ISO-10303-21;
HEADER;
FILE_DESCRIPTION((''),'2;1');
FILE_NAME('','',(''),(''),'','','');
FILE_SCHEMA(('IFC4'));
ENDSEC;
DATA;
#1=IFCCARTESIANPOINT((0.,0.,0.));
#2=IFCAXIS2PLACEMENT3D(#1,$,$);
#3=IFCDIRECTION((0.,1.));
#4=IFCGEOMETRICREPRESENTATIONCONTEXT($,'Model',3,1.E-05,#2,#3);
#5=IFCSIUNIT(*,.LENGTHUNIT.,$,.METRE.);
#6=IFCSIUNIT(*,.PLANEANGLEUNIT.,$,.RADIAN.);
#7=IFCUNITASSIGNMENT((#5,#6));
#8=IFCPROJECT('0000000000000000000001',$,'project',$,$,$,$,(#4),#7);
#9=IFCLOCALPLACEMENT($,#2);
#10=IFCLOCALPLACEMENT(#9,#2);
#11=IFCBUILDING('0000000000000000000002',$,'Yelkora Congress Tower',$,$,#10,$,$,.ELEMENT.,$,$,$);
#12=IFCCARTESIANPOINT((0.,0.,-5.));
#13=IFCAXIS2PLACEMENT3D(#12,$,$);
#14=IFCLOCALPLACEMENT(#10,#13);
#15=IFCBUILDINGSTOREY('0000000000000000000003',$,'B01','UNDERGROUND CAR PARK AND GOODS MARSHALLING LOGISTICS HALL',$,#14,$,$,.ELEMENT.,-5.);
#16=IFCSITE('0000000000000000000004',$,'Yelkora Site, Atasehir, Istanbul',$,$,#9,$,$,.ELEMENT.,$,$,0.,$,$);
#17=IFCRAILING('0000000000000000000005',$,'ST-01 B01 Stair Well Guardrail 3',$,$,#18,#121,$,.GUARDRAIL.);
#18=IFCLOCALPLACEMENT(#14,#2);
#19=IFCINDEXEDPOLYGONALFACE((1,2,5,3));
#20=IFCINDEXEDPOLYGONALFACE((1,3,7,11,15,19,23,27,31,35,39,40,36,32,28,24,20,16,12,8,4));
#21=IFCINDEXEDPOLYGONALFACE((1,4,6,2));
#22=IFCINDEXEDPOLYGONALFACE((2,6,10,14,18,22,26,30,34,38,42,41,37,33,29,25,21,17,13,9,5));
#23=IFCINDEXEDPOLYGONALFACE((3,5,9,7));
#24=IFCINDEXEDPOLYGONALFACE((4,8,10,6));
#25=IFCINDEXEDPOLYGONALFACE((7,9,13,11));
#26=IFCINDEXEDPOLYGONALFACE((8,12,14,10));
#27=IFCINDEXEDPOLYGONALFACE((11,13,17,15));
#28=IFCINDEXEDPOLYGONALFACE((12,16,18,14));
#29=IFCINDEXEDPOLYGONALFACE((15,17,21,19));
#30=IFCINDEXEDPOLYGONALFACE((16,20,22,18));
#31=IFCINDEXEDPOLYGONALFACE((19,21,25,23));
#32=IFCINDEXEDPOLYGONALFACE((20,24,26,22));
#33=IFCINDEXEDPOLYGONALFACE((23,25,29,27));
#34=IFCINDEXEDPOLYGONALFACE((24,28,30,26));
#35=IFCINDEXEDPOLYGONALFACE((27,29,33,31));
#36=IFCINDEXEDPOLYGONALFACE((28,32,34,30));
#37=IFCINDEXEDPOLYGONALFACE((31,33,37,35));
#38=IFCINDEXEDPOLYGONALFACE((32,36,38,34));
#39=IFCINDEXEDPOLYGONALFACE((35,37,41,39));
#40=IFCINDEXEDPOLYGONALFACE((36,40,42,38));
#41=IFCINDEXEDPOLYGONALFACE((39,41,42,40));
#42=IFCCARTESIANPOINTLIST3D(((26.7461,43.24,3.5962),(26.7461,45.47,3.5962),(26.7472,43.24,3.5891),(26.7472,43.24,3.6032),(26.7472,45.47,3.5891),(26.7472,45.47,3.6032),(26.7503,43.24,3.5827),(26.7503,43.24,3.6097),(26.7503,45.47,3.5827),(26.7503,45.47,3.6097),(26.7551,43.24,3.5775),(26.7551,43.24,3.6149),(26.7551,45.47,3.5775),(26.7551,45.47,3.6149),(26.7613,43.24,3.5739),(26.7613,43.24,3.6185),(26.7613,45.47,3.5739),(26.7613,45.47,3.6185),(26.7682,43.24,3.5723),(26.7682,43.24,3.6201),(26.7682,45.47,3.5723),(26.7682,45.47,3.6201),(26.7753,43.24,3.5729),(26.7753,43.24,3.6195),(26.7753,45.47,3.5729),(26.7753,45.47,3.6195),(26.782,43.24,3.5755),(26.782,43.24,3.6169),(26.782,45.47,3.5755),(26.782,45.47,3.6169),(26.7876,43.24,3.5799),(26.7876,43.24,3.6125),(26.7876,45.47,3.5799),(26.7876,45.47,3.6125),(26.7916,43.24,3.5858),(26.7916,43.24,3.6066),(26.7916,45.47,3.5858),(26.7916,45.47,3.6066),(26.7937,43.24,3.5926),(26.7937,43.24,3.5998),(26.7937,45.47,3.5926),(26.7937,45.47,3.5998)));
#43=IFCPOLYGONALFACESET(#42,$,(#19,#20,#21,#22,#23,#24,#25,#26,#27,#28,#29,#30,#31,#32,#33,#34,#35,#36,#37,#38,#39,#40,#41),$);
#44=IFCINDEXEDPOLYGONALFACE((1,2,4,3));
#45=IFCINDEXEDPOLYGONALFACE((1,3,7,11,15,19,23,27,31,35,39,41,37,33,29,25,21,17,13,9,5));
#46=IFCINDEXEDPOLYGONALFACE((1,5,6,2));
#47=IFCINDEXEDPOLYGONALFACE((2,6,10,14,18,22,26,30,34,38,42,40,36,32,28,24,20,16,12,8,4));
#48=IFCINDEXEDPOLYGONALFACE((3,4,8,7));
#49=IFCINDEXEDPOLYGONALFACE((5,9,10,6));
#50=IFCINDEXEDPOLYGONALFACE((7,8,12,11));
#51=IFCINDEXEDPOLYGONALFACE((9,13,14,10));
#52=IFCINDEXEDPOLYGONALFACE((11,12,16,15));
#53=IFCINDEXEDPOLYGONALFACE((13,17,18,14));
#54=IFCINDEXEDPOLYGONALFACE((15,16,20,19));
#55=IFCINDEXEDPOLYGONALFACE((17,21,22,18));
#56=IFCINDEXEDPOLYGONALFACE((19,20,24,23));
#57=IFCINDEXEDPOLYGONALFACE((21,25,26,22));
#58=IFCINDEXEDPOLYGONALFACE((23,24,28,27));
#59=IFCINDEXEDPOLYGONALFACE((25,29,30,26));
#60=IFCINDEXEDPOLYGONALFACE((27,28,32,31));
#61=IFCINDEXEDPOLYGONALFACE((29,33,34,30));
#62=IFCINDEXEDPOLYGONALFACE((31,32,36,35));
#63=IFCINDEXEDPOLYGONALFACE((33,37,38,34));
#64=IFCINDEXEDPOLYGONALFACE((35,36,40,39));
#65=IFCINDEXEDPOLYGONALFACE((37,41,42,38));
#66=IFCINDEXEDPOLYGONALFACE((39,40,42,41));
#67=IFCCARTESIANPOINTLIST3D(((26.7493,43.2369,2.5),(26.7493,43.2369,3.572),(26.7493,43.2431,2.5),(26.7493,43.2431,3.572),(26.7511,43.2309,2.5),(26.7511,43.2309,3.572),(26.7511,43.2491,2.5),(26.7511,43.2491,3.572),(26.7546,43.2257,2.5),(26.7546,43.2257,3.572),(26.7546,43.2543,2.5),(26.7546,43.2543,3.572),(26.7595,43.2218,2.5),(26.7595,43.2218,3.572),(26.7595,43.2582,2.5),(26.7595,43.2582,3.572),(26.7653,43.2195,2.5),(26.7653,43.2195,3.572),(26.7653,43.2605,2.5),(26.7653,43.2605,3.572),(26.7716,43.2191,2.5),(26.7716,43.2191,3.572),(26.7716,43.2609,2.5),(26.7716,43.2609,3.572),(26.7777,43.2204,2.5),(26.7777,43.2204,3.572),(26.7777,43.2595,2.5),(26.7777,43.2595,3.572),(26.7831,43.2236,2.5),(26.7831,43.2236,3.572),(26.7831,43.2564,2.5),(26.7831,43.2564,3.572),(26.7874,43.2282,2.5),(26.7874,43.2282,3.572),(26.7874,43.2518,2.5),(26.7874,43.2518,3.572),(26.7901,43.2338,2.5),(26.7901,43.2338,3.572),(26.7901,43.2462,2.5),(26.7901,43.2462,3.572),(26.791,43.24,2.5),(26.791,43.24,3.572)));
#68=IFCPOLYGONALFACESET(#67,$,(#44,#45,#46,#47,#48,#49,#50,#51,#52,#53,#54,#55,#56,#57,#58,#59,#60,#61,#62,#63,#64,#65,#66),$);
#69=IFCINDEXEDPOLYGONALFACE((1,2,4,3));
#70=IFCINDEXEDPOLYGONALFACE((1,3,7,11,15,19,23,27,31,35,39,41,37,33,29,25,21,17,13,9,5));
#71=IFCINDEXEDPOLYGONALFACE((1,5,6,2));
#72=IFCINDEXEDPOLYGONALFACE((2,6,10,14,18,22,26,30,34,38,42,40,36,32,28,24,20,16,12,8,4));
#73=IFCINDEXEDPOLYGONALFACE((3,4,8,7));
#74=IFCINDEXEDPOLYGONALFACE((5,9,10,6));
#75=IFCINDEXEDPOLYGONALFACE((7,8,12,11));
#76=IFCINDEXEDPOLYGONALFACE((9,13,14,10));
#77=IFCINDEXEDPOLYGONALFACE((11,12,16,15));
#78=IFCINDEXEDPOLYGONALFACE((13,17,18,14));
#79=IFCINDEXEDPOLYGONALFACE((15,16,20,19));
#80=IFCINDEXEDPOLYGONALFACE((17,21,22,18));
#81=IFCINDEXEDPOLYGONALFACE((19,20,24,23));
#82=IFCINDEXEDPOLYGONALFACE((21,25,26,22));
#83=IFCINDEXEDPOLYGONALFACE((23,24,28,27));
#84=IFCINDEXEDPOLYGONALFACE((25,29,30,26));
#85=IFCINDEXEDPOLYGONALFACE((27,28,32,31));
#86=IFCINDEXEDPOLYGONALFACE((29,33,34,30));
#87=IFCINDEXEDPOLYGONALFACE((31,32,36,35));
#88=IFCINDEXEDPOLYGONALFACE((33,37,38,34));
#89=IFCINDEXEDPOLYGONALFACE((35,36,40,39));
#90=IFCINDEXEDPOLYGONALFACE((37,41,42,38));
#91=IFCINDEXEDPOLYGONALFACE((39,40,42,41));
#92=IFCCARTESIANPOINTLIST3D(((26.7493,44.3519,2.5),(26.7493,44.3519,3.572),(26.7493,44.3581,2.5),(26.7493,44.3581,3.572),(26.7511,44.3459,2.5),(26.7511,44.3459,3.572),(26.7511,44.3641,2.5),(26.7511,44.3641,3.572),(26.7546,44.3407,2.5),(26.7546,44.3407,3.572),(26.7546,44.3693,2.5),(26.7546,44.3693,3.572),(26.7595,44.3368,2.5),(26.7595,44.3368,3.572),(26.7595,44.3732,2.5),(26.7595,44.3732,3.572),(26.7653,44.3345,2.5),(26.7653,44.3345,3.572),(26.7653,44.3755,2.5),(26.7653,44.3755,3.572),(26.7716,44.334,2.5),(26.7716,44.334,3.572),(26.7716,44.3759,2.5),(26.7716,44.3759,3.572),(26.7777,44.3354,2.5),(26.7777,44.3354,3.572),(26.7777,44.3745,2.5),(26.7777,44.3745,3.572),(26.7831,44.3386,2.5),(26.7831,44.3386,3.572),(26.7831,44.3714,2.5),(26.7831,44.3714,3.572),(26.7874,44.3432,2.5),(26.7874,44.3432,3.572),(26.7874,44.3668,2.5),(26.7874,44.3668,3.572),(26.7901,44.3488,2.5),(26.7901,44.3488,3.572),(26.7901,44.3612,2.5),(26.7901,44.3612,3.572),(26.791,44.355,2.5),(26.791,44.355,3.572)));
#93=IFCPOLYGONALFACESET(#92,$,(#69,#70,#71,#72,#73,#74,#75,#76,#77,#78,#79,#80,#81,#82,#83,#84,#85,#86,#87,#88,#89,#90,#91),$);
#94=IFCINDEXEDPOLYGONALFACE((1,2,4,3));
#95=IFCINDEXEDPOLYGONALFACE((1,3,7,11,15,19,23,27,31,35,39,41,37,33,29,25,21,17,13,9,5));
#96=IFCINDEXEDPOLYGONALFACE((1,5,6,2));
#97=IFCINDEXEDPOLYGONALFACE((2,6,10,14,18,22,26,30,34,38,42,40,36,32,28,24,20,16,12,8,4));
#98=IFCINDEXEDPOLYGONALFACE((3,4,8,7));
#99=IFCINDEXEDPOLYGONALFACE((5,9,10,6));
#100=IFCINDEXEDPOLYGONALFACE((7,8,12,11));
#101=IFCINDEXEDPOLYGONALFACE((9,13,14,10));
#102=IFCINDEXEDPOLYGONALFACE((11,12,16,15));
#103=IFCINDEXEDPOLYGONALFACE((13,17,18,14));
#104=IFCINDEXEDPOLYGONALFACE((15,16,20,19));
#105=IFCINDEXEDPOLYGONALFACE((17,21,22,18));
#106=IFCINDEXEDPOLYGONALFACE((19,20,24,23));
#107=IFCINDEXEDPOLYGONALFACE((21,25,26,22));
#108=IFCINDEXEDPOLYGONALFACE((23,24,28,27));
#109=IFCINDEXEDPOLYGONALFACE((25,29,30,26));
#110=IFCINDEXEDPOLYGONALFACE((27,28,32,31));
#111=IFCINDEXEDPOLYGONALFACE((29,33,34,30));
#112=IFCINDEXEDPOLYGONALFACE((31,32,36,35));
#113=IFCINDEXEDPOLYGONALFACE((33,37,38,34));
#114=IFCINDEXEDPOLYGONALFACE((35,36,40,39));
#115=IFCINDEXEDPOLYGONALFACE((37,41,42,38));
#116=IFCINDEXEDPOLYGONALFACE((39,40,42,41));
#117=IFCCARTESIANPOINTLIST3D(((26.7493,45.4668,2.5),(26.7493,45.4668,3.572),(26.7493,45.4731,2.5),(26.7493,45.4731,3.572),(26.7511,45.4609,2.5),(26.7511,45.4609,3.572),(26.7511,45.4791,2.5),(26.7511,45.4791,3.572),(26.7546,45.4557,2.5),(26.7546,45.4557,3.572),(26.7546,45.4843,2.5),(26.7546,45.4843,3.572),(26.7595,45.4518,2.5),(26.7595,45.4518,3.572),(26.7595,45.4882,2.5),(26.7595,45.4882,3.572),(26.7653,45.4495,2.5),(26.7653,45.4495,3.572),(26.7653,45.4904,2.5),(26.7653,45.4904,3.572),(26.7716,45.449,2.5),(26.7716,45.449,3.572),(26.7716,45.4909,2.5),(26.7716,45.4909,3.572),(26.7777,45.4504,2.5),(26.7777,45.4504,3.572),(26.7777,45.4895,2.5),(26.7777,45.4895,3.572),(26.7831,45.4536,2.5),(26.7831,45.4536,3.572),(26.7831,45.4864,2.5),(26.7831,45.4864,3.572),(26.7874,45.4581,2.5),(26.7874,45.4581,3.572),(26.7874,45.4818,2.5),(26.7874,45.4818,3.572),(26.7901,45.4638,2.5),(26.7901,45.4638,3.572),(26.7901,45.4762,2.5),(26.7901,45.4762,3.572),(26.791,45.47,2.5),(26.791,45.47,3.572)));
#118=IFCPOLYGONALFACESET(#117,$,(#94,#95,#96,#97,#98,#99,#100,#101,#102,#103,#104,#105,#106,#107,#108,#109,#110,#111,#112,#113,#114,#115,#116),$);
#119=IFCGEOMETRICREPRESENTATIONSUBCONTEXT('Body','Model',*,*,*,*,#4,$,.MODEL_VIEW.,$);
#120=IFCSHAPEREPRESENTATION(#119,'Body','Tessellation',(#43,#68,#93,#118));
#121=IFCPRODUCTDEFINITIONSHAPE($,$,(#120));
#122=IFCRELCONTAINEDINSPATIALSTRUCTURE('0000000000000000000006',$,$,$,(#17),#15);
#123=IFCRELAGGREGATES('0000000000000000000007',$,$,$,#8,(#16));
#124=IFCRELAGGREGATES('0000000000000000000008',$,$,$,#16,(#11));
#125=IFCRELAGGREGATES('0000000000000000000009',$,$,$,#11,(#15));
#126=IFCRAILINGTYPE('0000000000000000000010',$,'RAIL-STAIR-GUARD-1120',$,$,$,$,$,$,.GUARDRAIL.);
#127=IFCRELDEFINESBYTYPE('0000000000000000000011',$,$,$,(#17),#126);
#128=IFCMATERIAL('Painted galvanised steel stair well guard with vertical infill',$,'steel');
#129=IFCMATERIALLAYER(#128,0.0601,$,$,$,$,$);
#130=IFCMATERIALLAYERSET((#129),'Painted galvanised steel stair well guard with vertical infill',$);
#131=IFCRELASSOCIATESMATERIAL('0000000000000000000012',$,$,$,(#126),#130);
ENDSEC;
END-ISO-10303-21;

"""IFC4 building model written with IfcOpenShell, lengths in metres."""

from ifc_helpers import new_model, si_unit, direction, frame, origin, origin_2d, place, context, subcontext, project, spatial, circle, extrude, material, layer, layer_set, type_object, element, save


model = new_model("IFC4")

# Units and contexts
model_context = context("Model", 3, precision=1e-05, world=origin(), true_north=direction((0.0, 1.0)))
body_context = subcontext(model_context, "Body", "Model", "MODEL_VIEW")
ifc_project = project(units=[si_unit("LENGTHUNIT", "METRE"), si_unit("PLANEANGLEUNIT", "RADIAN")], contexts=[model_context])

# Site, building, storey
site_placement = place(None, origin())
site = spatial("IfcSite", under=ifc_project, at=site_placement, Name="Yelkora Site, Atasehir, Istanbul", CompositionType="ELEMENT", RefElevation=0.0)
building_placement = place(site_placement, origin())
building = spatial("IfcBuilding", under=site, at=building_placement, Name="Yelkora Congress Tower", CompositionType="ELEMENT")
storey_placement = place(building_placement, frame((0.0, 0.0, -5.0)))
storey = spatial("IfcBuildingStorey", under=building, at=storey_placement, Name="B01", Description="UNDERGROUND CAR PARK AND GOODS MARSHALLING LOGISTICS HALL", CompositionType="ELEMENT", Elevation=-5.0)

# Railing
ifc_material_1 = material(Name="Painted galvanised steel stair well guard with vertical infill", Category="steel")
ifc_layer_1 = layer(ifc_material_1, 0.0601)
ifc_layer_set_1 = layer_set([ifc_layer_1], Name="Painted galvanised steel stair well guard with vertical infill")
railing_type_1 = type_object("IfcRailingType", Name="RAIL-STAIR-GUARD-1120", PredefinedType="GUARDRAIL", material=ifc_layer_set_1)
railing_1_placement = place(storey_placement, frame((26.77, 43.24, 2.5)))
element("IfcRailing", 1, at=railing_1_placement, inside=storey, type_object=railing_type_1, Name="ST-01 B01 Stair Well Guardrail 3", PredefinedType="GUARDRAIL", context=body_context, shape_type="SweptSolid", body=[
    extrude(circle(Radius=0.0239, at=origin_2d()), frame((0.0, 0.0, 1.0962), z_axis=(0.0, 1.0, 0.0), x_axis=(-1.0, 0.0, 0.0)), (0.0, 0.0, 1.0), 2.23),
    extrude(circle(Radius=0.021, at=origin_2d()), origin(), (0.0, 0.0, 1.0), 1.072),
    extrude(circle(Radius=0.021, at=origin_2d()), frame((0.0, 1.115, 0.0)), (0.0, 0.0, 1.0), 1.072),
    extrude(circle(Radius=0.021, at=origin_2d()), frame((0.0, 2.23, 0.0)), (0.0, 0.0, 1.0), 1.072),
])

save(model, "model.ifc")
